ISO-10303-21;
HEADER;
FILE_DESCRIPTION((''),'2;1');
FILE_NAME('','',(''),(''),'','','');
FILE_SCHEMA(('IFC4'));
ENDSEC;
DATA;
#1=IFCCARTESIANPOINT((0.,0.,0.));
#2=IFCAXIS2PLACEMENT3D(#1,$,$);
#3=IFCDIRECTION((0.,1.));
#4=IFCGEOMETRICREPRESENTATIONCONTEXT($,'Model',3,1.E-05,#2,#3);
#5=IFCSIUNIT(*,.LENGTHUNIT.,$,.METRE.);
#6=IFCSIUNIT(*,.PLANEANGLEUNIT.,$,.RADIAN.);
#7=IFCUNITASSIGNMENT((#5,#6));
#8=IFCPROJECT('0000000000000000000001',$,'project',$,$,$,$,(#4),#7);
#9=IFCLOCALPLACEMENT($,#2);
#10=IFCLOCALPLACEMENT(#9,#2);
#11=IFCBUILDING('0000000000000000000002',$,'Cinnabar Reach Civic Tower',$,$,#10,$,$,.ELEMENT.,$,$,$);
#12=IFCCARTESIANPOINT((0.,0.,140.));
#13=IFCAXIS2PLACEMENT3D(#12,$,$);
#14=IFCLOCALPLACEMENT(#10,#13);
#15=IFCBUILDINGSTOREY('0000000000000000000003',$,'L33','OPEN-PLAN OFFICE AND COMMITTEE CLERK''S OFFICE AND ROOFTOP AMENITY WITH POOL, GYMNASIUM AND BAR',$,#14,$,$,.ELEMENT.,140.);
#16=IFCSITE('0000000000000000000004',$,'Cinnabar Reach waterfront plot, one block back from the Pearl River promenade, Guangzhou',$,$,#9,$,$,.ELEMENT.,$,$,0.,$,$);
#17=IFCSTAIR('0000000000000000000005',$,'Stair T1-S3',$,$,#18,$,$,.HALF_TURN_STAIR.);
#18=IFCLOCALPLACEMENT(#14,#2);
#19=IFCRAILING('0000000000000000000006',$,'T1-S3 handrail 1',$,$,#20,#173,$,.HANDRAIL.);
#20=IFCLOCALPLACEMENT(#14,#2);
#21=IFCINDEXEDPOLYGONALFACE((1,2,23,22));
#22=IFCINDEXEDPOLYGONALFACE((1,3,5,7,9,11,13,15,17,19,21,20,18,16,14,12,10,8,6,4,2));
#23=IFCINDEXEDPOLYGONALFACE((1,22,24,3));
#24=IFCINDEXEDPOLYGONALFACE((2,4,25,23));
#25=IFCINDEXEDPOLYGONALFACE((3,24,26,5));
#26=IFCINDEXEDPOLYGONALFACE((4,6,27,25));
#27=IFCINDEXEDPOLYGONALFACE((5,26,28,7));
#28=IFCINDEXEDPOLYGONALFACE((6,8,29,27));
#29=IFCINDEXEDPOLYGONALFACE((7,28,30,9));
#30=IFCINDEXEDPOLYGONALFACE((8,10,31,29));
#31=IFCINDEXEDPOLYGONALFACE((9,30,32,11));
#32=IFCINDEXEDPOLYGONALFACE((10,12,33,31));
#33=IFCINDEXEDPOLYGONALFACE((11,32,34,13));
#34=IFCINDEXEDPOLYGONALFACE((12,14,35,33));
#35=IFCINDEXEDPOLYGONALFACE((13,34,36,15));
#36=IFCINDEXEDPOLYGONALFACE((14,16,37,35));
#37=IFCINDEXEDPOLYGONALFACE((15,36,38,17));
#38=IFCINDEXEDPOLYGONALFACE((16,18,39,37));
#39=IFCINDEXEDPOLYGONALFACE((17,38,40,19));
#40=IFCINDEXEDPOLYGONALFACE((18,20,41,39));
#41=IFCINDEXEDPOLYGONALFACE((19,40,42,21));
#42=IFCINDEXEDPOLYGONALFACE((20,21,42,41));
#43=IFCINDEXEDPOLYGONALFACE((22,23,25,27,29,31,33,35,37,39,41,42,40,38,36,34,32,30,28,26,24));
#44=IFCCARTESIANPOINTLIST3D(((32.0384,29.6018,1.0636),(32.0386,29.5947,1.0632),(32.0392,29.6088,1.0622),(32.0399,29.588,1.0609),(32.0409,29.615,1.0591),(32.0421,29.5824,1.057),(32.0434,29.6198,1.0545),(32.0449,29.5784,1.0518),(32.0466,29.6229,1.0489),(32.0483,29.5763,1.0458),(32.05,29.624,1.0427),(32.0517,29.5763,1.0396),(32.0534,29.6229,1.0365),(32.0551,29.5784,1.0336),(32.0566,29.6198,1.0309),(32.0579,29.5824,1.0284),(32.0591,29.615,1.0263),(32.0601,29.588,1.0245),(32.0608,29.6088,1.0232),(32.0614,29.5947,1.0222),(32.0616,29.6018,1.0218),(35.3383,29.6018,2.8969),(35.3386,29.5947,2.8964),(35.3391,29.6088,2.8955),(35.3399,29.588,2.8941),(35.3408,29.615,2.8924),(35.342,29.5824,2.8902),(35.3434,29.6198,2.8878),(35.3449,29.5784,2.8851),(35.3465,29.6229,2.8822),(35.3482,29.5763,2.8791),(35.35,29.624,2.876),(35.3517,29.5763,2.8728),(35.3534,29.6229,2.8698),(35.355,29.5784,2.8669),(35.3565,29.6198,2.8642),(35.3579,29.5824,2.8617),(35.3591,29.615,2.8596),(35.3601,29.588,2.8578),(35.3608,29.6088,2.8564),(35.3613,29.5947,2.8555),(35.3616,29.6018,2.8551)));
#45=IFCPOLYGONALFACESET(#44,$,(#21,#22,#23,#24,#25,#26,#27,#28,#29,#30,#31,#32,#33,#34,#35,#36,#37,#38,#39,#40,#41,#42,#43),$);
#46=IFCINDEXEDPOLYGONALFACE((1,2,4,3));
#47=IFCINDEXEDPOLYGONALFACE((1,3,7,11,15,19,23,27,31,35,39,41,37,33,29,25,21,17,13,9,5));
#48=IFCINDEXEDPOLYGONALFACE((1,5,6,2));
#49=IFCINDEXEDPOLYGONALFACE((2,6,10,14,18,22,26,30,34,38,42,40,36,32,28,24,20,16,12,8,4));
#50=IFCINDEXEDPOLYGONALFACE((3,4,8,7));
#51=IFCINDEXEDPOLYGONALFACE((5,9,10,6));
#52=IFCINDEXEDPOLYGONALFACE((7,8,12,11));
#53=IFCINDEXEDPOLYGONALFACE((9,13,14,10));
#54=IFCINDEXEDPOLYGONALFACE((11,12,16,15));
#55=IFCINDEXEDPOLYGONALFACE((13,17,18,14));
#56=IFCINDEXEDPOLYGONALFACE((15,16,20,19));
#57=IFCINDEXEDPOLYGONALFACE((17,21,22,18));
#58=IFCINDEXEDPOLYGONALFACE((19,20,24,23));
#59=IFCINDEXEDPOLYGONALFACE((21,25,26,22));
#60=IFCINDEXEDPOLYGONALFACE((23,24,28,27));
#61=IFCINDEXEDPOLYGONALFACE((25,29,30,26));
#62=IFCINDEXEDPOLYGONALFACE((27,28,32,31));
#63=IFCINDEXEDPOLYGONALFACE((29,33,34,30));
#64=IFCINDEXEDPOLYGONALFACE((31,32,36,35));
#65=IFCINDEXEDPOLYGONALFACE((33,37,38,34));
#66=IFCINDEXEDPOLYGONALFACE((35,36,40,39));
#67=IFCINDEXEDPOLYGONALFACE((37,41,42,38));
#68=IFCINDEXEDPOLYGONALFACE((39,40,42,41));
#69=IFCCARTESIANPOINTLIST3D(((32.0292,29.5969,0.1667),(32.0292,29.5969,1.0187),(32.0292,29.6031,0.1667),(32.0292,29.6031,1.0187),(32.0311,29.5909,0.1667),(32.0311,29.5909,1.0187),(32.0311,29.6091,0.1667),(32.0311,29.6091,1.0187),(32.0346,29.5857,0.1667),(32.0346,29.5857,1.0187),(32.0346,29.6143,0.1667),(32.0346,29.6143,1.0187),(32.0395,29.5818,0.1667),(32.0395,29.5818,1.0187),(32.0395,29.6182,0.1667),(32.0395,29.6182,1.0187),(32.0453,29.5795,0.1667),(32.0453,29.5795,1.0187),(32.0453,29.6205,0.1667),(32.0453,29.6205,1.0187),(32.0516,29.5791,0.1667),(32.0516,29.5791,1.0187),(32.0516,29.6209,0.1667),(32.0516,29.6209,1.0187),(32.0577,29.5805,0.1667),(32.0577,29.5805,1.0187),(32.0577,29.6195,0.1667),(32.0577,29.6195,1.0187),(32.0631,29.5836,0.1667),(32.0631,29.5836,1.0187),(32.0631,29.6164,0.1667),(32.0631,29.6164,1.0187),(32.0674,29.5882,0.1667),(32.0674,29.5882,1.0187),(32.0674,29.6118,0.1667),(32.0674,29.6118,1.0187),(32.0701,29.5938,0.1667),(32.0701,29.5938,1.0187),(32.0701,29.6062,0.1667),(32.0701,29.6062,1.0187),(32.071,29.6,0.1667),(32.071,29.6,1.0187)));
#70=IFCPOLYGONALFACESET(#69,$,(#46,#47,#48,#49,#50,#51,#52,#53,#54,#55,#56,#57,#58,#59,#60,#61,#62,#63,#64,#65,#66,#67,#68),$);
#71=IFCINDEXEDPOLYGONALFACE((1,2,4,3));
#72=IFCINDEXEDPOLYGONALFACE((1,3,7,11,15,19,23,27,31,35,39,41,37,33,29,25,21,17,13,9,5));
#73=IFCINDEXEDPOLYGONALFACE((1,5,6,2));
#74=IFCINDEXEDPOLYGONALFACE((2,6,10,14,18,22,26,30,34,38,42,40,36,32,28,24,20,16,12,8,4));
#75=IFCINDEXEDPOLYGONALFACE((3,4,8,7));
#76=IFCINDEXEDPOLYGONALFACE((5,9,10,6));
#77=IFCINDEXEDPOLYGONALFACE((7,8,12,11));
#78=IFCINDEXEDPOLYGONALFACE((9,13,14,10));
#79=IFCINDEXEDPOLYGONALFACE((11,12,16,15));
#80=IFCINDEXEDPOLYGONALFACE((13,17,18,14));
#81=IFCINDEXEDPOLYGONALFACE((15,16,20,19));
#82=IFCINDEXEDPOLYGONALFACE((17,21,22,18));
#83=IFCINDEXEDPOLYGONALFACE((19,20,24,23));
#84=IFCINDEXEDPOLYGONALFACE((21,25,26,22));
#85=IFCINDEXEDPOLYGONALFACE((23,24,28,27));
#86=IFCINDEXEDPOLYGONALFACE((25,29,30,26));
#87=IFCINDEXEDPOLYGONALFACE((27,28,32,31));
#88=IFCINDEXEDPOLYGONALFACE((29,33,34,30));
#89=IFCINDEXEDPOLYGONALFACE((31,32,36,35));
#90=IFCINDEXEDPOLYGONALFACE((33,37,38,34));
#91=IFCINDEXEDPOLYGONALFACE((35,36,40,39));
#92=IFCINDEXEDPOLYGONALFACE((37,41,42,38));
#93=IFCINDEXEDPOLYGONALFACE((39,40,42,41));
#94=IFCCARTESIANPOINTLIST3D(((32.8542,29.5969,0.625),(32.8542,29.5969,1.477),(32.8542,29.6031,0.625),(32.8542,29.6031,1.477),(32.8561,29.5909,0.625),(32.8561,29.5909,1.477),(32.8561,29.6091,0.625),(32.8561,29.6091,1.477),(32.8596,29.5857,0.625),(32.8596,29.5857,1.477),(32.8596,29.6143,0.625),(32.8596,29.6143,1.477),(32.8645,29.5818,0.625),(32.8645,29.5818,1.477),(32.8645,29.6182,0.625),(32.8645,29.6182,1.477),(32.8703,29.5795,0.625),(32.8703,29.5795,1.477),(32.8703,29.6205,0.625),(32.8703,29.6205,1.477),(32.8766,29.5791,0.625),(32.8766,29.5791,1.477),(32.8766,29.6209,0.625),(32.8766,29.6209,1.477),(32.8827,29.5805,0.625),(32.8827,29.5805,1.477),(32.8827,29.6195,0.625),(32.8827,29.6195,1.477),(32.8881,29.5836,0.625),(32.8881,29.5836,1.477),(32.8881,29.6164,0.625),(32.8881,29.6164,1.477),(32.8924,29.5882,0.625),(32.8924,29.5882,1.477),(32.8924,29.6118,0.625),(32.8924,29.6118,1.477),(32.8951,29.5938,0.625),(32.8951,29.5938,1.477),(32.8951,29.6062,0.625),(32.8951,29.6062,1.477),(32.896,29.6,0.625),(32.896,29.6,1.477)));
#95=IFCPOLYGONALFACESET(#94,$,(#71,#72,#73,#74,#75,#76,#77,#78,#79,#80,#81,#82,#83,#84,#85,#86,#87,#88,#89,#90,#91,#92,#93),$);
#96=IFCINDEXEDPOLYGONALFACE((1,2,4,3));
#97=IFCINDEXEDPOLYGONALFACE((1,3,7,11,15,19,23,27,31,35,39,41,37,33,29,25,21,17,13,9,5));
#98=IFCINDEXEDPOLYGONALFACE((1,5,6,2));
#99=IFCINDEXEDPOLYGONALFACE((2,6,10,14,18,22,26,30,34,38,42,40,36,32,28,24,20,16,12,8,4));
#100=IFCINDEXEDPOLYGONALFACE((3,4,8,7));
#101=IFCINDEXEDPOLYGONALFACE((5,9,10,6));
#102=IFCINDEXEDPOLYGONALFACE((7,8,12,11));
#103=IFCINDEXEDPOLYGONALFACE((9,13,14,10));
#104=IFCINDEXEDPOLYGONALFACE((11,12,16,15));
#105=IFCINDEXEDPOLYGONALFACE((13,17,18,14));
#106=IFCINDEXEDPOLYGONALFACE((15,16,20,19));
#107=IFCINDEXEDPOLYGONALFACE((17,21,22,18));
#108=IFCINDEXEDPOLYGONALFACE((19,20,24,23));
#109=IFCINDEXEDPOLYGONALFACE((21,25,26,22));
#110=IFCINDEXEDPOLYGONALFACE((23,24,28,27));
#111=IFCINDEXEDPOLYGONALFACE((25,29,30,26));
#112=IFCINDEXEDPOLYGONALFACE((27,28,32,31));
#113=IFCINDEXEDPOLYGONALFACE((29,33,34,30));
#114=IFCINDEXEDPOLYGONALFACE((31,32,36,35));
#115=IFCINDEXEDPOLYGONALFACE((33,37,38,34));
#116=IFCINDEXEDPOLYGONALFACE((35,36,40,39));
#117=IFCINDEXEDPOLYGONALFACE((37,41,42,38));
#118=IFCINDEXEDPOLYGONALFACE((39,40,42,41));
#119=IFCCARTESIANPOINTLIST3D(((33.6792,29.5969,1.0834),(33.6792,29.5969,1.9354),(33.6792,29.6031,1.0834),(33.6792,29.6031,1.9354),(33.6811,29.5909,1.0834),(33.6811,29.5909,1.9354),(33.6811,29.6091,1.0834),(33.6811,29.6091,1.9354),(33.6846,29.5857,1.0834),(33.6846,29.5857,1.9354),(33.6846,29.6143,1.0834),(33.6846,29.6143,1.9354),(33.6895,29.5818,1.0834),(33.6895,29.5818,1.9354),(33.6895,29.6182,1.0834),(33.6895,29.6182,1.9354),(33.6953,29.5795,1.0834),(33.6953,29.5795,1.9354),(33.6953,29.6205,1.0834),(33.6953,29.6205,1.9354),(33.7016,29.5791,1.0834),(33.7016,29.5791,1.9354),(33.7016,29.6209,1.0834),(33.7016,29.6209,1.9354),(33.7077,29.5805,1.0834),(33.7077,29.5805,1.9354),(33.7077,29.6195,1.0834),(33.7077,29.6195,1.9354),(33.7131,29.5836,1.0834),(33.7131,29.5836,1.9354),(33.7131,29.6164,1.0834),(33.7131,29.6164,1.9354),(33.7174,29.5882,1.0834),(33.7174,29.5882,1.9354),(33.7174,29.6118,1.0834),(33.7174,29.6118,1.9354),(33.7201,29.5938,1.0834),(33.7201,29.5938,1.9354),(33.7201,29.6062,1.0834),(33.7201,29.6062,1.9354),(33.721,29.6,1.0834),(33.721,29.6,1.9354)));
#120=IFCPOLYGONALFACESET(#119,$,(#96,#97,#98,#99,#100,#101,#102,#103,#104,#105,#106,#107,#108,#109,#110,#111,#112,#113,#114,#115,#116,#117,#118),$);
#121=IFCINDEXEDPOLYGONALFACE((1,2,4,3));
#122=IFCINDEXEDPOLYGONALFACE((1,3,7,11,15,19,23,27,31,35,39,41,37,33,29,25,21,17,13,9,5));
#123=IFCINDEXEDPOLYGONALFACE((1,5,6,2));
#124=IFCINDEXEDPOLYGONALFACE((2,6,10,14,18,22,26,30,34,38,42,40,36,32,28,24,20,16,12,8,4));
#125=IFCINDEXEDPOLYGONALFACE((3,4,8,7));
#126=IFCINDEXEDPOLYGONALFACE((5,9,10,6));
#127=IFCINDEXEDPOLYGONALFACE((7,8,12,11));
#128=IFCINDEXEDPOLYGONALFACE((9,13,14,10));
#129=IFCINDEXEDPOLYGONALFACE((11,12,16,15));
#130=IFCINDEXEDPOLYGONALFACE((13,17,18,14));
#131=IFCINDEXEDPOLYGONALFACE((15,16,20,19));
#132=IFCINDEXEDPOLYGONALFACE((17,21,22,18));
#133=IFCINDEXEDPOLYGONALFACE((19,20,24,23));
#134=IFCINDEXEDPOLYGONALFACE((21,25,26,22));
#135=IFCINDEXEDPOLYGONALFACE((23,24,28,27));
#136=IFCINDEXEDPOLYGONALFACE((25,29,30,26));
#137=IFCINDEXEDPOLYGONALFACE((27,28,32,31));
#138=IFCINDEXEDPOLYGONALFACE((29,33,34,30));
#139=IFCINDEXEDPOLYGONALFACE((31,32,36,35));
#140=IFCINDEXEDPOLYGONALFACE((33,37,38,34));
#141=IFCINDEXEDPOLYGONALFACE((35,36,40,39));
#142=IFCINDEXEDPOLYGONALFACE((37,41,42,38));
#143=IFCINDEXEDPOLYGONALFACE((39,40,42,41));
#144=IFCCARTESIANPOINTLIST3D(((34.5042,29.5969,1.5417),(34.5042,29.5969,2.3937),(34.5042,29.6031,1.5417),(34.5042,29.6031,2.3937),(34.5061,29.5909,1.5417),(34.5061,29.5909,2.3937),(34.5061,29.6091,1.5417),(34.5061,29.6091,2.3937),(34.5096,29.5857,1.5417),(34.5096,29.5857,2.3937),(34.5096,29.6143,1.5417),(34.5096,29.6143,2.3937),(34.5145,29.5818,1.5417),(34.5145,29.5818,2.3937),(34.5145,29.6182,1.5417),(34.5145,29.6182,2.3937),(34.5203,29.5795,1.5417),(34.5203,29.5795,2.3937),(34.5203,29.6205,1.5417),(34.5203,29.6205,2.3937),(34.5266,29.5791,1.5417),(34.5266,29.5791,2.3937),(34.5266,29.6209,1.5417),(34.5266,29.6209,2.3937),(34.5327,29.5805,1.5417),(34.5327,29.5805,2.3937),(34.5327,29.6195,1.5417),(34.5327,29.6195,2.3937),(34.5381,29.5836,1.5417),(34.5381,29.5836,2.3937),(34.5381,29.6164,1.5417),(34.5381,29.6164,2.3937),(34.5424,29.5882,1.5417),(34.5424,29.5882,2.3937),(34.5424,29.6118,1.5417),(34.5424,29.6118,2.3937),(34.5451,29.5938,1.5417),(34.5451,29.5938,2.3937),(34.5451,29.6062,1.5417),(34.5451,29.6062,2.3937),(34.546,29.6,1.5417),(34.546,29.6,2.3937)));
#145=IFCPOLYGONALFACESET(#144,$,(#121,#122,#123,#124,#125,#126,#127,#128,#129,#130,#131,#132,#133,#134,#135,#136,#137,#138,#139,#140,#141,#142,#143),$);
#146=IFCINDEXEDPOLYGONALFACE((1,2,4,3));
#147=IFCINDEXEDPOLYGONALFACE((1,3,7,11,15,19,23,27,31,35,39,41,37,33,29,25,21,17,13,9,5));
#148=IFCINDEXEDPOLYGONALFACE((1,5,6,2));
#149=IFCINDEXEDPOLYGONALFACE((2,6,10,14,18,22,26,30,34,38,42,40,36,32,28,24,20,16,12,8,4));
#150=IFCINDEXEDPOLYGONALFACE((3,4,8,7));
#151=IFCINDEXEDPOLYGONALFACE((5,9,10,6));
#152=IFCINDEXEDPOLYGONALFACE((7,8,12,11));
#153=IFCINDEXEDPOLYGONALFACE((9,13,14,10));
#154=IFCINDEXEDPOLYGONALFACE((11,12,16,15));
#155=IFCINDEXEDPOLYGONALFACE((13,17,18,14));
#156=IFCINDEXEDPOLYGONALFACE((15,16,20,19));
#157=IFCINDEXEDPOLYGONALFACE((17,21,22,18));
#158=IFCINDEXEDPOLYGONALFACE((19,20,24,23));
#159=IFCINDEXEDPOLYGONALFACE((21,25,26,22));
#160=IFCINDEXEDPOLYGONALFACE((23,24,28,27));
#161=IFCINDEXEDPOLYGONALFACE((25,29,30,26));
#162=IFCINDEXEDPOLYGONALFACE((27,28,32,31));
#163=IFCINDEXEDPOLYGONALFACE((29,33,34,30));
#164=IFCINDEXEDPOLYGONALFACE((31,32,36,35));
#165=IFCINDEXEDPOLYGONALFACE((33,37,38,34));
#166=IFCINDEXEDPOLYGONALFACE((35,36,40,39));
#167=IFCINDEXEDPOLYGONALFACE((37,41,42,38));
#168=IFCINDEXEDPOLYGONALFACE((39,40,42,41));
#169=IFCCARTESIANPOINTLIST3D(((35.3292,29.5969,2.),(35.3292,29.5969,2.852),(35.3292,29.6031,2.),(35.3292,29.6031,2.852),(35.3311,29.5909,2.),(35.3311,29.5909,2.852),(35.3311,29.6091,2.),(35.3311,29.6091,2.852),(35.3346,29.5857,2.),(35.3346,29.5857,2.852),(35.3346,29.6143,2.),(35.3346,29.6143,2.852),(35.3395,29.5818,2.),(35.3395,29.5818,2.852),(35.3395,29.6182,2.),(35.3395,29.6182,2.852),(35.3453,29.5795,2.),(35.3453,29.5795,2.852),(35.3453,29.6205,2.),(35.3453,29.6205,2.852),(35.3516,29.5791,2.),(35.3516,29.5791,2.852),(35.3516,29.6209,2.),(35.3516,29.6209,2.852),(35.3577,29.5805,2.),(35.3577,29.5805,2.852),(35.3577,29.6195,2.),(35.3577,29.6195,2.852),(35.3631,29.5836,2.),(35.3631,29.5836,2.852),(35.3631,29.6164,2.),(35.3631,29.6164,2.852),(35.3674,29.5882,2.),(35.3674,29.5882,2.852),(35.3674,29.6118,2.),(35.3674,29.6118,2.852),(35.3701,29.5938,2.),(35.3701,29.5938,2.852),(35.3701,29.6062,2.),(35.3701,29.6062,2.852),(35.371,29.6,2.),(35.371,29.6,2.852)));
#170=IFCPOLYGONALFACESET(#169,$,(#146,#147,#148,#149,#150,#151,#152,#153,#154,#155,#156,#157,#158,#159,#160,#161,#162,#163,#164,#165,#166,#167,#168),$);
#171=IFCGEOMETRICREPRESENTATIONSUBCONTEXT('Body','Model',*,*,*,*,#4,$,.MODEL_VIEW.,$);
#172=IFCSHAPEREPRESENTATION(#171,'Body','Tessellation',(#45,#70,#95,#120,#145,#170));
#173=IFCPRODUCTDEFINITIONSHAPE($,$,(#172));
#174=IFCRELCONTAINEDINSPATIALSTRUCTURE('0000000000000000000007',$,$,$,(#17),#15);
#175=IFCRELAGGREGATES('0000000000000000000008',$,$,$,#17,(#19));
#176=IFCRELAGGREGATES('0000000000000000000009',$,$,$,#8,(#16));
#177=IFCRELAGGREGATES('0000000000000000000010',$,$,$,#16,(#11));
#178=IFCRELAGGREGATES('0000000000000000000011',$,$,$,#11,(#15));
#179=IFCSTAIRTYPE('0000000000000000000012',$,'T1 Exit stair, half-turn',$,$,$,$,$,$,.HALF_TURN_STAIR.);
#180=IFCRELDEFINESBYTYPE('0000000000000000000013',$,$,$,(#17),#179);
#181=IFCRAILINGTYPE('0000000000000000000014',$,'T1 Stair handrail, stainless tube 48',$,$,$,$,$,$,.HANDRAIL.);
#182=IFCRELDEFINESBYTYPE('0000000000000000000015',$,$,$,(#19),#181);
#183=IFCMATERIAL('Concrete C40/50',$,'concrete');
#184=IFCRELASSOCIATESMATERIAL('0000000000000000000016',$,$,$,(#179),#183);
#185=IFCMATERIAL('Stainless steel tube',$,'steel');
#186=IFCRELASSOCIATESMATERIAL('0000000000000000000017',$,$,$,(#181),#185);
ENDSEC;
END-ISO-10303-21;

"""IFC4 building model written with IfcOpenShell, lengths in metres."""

from ifc_helpers import new_model, si_unit, direction, frame, origin, origin_2d, place, context, subcontext, project, spatial, circle, extrude, material, type_object, element, aggregate, save


model = new_model("IFC4")

# Units and contexts
model_context = context("Model", 3, precision=1e-05, world=origin(), true_north=direction((0.0, 1.0)))
body_context = subcontext(model_context, "Body", "Model", "MODEL_VIEW")
ifc_project = project(units=[si_unit("LENGTHUNIT", "METRE"), si_unit("PLANEANGLEUNIT", "RADIAN")], contexts=[model_context])

# Site, building, storey
site_placement = place(None, origin())
site = spatial("IfcSite", under=ifc_project, at=site_placement, Name="Cinnabar Reach waterfront plot, one block back from the Pearl River promenade, Guangzhou", CompositionType="ELEMENT", RefElevation=0.0)
building_placement = place(site_placement, origin())
building = spatial("IfcBuilding", under=site, at=building_placement, Name="Cinnabar Reach Civic Tower", CompositionType="ELEMENT")
storey_placement = place(building_placement, frame((0.0, 0.0, 140.0)))
storey = spatial("IfcBuildingStorey", under=building, at=storey_placement, Name="L33", Description="OPEN-PLAN OFFICE AND COMMITTEE CLERK'S OFFICE AND ROOFTOP AMENITY WITH POOL, GYMNASIUM AND BAR", CompositionType="ELEMENT", Elevation=140.0)

# Stair, railing
ifc_material_1 = material(Name="Concrete C40/50", Category="concrete")
stair_type = type_object("IfcStairType", Name="T1 Exit stair, half-turn", PredefinedType="HALF_TURN_STAIR", material=ifc_material_1)
stair_placement = place(storey_placement, origin())
stair = element("IfcStair", 1, at=stair_placement, inside=storey, type_object=stair_type, Name="Stair T1-S3", PredefinedType="HALF_TURN_STAIR")
ifc_material_2 = material(Name="Stainless steel tube", Category="steel")
railing_type = type_object("IfcRailingType", Name="T1 Stair handrail, stainless tube 48", PredefinedType="HANDRAIL", material=ifc_material_2)
railing_1_placement = place(storey_placement, frame((32.05, 29.6, 0.1667)))
railing_1 = element("IfcRailing", 2, at=railing_1_placement, type_object=railing_type, Name="T1-S3 handrail 1", PredefinedType="HANDRAIL", context=body_context, shape_type="SweptSolid", body=[
    extrude(circle(Radius=0.024, at=origin_2d()), frame((0.0, 0.0, 0.876), z_axis=(0.874161, 0.0, 0.485636), x_axis=(0.0, 1.0, 0.0)), (0.0, 0.0, 1.0), 3.775),
    extrude(circle(Radius=0.021, at=origin_2d()), origin(), (0.0, 0.0, 1.0), 0.852),
    extrude(circle(Radius=0.021, at=origin_2d()), frame((0.825, 0.0, 0.4583)), (0.0, 0.0, 1.0), 0.852),
    extrude(circle(Radius=0.021, at=origin_2d()), frame((1.65, 0.0, 0.9167)), (0.0, 0.0, 1.0), 0.852),
    extrude(circle(Radius=0.021, at=origin_2d()), frame((2.475, 0.0, 1.375)), (0.0, 0.0, 1.0), 0.852),
    extrude(circle(Radius=0.021, at=origin_2d()), frame((3.3, 0.0, 1.8333)), (0.0, 0.0, 1.0), 0.852),
])
aggregate(stair, [railing_1])

save(model, "model.ifc")
